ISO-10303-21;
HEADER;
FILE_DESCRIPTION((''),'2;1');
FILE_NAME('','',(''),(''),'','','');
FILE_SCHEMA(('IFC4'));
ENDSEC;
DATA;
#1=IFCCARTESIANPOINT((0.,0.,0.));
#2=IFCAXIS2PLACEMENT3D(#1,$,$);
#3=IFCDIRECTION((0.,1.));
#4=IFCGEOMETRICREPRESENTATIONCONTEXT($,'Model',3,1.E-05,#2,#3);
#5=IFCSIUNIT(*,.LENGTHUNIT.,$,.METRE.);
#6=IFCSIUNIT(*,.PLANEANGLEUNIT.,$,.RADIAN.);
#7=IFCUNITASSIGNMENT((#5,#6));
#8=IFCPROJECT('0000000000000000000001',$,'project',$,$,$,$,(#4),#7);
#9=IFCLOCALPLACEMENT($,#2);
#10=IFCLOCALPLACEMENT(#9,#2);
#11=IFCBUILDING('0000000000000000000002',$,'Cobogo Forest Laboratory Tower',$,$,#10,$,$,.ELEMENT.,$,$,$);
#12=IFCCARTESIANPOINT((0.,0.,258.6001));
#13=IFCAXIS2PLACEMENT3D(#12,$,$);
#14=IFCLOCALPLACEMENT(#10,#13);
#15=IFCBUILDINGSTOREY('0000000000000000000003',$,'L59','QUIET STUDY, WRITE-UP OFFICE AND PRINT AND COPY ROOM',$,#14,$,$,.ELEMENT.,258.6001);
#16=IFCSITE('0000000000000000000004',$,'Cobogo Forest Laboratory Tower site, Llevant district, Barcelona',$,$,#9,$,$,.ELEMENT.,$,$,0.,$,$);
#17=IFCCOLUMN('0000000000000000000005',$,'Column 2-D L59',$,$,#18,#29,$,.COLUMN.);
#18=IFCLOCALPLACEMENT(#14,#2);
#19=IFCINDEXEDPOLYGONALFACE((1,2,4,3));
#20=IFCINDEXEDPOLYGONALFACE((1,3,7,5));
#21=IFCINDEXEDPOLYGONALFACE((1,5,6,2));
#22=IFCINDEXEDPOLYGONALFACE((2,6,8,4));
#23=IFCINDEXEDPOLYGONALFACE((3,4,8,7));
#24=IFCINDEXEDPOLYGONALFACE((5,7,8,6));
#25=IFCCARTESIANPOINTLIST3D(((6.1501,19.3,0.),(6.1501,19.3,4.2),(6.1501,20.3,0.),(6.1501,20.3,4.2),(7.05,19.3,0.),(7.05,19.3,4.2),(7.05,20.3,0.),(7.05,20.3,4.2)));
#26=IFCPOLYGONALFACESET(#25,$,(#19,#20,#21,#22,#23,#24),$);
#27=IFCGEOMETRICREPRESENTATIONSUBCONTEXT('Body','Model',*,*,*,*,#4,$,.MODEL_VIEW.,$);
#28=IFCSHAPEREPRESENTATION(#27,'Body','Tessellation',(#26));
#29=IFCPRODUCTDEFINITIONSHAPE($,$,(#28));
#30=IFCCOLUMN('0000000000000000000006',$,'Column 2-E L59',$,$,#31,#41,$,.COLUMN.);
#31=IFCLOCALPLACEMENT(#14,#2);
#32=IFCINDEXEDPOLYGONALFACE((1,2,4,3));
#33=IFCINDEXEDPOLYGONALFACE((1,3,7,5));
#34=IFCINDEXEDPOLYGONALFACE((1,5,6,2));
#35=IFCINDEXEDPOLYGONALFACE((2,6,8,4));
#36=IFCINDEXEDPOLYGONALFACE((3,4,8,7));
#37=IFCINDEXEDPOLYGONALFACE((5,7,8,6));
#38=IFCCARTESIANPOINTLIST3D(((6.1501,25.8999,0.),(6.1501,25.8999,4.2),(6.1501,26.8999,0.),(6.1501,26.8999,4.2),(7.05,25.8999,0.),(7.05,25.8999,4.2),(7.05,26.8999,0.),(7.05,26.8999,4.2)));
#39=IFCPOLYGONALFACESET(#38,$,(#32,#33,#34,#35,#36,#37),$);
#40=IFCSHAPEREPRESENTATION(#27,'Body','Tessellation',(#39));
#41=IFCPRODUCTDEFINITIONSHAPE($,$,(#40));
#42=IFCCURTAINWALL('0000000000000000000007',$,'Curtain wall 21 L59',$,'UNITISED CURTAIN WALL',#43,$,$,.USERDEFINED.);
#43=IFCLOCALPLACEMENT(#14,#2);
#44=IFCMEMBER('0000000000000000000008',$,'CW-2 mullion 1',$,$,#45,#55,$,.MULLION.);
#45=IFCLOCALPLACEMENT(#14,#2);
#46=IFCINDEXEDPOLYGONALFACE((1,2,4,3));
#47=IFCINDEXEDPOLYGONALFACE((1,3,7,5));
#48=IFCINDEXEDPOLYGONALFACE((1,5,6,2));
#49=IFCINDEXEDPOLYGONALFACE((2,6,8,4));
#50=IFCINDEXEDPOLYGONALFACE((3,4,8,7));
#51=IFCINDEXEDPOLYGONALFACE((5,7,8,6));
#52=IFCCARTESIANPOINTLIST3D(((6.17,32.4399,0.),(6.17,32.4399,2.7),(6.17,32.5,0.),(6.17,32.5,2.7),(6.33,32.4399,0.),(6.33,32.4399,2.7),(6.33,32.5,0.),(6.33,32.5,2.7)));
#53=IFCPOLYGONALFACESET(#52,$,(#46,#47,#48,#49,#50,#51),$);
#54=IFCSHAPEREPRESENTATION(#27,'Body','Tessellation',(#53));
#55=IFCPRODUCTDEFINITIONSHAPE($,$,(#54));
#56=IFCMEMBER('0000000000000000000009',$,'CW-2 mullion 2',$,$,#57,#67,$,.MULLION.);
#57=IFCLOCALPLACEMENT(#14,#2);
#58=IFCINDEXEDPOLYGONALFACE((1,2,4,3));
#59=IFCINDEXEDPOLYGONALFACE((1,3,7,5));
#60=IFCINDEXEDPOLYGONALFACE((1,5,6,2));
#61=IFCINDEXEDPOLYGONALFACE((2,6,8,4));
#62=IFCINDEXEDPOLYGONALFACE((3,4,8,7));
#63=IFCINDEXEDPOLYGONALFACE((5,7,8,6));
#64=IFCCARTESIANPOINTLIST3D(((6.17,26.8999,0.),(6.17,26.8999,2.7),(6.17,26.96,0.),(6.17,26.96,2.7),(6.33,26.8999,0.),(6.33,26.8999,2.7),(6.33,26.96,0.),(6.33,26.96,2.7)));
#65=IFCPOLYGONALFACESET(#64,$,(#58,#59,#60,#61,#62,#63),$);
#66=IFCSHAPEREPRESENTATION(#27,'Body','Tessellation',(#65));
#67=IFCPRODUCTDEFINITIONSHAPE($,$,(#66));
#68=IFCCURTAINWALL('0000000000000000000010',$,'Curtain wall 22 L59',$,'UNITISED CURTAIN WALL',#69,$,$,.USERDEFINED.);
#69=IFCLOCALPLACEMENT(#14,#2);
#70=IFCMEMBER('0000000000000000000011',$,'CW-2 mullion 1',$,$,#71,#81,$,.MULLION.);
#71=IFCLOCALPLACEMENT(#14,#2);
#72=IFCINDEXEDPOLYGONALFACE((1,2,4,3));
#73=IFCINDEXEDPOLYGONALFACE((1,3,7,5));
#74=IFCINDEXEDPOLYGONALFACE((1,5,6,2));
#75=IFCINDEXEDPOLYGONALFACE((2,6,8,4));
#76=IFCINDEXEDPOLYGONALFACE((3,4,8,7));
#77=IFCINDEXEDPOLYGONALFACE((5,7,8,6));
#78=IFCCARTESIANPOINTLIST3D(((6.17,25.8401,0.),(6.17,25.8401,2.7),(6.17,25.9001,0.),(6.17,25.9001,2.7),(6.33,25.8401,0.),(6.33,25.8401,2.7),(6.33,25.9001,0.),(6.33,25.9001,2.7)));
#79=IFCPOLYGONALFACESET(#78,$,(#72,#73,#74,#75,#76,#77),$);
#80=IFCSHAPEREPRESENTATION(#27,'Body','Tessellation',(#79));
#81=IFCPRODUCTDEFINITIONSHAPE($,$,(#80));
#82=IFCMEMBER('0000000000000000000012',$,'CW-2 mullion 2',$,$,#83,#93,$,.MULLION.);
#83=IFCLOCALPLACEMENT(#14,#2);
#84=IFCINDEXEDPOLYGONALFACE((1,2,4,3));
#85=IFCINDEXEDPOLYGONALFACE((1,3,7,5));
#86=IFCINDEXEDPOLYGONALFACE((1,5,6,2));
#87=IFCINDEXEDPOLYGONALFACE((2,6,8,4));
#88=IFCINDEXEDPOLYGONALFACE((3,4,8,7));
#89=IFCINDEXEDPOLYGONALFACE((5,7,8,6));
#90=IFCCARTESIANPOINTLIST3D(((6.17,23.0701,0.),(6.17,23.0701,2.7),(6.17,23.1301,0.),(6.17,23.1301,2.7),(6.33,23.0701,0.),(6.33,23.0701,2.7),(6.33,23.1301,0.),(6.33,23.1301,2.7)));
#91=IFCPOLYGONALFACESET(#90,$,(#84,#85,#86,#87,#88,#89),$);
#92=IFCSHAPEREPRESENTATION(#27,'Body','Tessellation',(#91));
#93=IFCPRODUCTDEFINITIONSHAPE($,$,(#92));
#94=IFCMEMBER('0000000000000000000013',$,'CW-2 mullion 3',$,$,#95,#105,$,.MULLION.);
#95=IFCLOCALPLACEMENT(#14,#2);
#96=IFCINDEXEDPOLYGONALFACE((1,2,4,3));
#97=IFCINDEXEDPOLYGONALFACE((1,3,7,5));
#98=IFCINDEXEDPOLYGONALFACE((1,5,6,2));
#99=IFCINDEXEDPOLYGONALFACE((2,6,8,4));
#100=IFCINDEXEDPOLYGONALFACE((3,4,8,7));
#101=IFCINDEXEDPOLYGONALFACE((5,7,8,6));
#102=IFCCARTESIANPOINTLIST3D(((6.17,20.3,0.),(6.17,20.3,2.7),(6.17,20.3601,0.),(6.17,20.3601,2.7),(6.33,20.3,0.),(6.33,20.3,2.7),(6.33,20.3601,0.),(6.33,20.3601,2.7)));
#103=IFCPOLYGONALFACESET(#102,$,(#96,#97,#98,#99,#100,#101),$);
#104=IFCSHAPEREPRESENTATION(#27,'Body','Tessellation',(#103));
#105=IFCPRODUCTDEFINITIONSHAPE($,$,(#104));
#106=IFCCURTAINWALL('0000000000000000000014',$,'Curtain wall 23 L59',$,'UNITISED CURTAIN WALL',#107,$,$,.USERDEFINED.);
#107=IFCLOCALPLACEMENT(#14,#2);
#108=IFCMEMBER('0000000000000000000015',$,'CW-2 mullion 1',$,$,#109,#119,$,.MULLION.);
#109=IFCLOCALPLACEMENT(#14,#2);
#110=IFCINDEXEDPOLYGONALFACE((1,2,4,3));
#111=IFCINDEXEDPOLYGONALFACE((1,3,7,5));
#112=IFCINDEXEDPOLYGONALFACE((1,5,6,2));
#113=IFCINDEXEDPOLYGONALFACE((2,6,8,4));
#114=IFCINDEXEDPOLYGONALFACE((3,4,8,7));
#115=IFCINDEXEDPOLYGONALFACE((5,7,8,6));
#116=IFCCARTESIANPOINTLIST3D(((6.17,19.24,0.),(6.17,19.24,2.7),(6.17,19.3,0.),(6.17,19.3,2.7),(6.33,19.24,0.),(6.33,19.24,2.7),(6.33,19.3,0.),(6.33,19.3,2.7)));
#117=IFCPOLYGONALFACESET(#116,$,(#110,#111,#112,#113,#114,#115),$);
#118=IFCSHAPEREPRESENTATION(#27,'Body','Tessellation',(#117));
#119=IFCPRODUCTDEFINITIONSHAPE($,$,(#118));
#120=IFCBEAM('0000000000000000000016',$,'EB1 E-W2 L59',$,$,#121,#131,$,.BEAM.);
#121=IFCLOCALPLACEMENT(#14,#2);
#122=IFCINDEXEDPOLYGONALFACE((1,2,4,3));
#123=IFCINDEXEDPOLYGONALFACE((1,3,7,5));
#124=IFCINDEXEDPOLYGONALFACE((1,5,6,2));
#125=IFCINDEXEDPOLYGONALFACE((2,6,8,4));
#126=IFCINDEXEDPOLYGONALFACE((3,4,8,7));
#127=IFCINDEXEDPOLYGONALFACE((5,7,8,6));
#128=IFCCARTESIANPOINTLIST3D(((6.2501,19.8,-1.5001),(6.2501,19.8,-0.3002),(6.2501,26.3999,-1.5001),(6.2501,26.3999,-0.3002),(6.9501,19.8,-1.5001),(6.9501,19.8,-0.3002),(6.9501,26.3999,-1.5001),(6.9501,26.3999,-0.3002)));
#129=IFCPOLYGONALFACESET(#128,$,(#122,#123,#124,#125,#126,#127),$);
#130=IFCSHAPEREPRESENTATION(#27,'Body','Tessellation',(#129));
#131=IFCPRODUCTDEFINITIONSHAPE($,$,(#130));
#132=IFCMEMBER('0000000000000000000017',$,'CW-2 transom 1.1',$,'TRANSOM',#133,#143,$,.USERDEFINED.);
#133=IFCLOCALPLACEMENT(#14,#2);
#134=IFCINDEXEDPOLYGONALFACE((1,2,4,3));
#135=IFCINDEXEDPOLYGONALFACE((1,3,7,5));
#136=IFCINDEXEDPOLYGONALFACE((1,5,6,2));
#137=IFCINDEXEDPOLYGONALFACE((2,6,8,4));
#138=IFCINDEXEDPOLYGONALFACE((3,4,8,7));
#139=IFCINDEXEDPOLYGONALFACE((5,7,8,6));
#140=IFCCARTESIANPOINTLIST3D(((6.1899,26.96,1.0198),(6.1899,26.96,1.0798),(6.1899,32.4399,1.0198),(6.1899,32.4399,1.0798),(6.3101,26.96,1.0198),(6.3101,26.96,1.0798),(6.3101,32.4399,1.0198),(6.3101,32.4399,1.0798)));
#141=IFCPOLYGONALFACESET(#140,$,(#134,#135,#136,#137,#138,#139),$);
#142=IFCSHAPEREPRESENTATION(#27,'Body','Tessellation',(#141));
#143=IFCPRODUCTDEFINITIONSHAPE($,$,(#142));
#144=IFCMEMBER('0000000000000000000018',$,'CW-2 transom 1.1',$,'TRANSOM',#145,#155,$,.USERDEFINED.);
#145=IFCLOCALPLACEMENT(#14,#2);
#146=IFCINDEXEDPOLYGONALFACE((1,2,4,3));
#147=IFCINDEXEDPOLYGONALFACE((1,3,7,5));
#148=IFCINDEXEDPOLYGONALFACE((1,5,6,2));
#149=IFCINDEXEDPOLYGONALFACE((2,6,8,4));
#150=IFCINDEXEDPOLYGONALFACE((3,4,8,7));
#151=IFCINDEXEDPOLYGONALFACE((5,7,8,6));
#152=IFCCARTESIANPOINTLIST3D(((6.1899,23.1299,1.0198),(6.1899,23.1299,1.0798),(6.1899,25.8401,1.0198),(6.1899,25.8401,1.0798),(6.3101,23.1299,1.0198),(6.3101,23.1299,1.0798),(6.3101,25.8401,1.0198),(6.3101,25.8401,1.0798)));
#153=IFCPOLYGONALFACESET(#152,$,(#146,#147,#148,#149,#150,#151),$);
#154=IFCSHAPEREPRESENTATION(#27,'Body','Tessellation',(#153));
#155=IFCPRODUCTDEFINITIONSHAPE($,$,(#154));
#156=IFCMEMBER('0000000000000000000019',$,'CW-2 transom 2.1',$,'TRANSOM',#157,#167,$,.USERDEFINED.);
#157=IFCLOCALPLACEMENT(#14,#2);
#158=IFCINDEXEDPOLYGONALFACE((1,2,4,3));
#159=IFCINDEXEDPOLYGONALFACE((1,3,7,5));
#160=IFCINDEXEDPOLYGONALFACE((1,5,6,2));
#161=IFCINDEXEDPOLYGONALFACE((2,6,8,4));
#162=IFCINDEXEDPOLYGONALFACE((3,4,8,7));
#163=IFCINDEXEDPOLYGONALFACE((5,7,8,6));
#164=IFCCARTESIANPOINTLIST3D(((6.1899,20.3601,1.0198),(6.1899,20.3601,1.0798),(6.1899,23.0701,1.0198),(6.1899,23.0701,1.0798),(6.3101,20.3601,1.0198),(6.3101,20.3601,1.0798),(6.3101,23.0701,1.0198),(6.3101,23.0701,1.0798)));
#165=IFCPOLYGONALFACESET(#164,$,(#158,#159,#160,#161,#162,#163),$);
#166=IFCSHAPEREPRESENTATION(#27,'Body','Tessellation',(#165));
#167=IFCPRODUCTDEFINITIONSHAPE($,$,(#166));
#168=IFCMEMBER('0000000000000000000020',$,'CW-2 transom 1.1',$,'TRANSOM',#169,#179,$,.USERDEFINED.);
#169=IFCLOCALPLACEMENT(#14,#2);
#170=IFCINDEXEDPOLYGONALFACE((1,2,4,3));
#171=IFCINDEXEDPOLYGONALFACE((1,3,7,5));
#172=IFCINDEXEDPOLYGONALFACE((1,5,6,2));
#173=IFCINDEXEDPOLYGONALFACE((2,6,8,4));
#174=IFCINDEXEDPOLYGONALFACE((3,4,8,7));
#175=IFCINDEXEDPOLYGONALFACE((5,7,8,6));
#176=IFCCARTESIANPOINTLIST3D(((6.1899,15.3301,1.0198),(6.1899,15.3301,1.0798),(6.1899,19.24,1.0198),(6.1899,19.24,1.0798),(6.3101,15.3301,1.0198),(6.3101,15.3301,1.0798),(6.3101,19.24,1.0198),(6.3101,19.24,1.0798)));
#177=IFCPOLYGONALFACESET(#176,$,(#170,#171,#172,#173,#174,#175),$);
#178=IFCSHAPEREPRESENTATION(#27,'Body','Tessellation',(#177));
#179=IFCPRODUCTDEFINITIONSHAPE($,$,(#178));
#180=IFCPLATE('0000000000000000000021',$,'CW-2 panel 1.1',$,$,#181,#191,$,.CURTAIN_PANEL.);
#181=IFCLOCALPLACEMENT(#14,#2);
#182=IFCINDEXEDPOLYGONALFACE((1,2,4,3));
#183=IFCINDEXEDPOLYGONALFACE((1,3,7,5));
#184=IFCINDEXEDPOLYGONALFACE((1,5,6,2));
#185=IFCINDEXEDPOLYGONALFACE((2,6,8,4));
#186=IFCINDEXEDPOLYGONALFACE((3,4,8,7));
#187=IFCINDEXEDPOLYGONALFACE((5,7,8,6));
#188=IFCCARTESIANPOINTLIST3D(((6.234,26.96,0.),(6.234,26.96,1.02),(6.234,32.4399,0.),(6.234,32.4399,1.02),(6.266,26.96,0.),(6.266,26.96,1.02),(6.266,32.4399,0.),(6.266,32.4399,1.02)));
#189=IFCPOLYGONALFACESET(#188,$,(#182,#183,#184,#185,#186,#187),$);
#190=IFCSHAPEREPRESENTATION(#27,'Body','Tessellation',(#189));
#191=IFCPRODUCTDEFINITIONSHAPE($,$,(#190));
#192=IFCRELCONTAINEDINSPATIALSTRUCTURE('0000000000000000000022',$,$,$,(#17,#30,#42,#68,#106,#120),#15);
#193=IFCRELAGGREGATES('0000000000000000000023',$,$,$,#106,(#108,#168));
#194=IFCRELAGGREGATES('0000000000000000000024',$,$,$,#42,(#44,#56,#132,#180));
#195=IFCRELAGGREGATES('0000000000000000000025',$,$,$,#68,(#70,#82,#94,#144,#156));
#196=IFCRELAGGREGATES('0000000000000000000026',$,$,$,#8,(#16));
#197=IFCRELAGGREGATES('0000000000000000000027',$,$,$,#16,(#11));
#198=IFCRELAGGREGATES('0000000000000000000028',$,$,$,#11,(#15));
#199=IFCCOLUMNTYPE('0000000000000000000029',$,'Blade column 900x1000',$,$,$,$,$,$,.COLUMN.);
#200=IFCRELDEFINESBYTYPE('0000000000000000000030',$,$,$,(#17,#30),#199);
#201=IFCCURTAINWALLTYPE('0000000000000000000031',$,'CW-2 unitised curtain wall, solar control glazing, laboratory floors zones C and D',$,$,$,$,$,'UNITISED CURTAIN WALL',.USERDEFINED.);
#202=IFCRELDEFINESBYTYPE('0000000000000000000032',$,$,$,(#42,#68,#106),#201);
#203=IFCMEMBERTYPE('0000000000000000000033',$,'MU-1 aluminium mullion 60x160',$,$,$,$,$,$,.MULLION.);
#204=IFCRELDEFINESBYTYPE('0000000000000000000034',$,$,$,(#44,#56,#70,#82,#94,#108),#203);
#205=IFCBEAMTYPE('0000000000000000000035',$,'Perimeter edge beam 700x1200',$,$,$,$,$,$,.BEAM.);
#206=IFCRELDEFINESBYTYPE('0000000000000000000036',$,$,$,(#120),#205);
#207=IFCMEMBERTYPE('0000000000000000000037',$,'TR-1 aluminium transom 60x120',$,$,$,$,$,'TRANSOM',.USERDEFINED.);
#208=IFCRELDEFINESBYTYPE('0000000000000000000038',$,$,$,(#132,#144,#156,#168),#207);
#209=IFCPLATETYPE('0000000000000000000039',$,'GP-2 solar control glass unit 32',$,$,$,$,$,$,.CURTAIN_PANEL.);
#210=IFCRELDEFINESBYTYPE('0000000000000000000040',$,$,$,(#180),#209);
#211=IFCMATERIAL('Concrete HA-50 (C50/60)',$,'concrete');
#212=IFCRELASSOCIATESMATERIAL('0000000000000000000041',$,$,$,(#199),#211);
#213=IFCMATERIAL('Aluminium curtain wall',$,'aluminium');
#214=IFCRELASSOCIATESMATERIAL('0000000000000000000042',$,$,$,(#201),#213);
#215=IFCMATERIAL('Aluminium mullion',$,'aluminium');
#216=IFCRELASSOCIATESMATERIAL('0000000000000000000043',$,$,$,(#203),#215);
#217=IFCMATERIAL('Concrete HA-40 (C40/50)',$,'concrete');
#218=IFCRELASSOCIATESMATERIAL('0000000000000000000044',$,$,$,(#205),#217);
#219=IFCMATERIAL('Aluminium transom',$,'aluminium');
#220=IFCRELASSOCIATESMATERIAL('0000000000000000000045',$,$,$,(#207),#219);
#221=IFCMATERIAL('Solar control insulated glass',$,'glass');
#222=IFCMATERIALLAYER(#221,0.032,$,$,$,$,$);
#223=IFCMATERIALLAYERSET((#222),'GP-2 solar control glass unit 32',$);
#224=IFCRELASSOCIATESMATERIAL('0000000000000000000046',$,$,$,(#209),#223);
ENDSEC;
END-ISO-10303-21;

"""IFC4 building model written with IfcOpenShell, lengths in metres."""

from ifc_helpers import new_model, si_unit, direction, frame, origin, origin_2d, place, context, subcontext, project, spatial, rectangle, extrude, material, layer, layer_set, material_profile, profile_set, type_object, element, aggregate, save


model = new_model("IFC4")

# Units and contexts
model_context = context("Model", 3, precision=1e-05, world=origin(), true_north=direction((0.0, 1.0)))
body_context = subcontext(model_context, "Body", "Model", "MODEL_VIEW")
ifc_project = project(units=[si_unit("LENGTHUNIT", "METRE"), si_unit("PLANEANGLEUNIT", "RADIAN")], contexts=[model_context])

# Site, building, storey
site_placement = place(None, origin())
site = spatial("IfcSite", under=ifc_project, at=site_placement, Name="Cobogo Forest Laboratory Tower site, Llevant district, Barcelona", CompositionType="ELEMENT", RefElevation=0.0)
building_placement = place(site_placement, origin())
building = spatial("IfcBuilding", under=site, at=building_placement, Name="Cobogo Forest Laboratory Tower", CompositionType="ELEMENT")
storey_placement = place(building_placement, frame((0.0, 0.0, 258.6001)))
storey = spatial("IfcBuildingStorey", under=building, at=storey_placement, Name="L59", Description="QUIET STUDY, WRITE-UP OFFICE AND PRINT AND COPY ROOM", CompositionType="ELEMENT", Elevation=258.6001)

# Columns
ifc_material_1 = material(Name="Concrete HA-50 (C50/60)", Category="concrete")
ifc_material_profile_1 = material_profile(ifc_material_1, rectangle(XDim=1.0, YDim=0.8999, at=origin_2d()), Name="RC 900x1000")
ifc_profile_set_1 = profile_set([ifc_material_profile_1], Name="Concrete HA-50 (C50/60)")
column_type = type_object("IfcColumnType", Name="Blade column 900x1000", PredefinedType="COLUMN", material=ifc_profile_set_1)
for number, where, z_axis, x_axis, name in (
    (1, (6.6001, 19.8, 0.0), (0.0, 0.0, 1.0), (0.0, 1.0, 0.0), "Column 2-D L59"),
    (2, (6.6001, 26.3999, 0.0), (0.0, 0.0, 1.0), (0.0, 1.0, 0.0), "Column 2-E L59"),
):
    element("IfcColumn", number, at=place(storey_placement, frame(where, z_axis=z_axis, x_axis=x_axis)), inside=storey, type_object=column_type, Name=name, PredefinedType="COLUMN", context=body_context, shape_type="SweptSolid", body=[
        extrude(rectangle(XDim=1.0, YDim=0.8999, at=origin_2d()), origin(), (0.0, 0.0, 1.0), 4.2),
    ])

# Curtain walls, members
ifc_material_2 = material(Name="Aluminium curtain wall", Category="aluminium")
curtain_wall_type = type_object("IfcCurtainWallType", Name="CW-2 unitised curtain wall, solar control glazing, laboratory floors zones C and D", ElementType="UNITISED CURTAIN WALL", PredefinedType="USERDEFINED", material=ifc_material_2)
curtain_wall_1_placement = place(storey_placement, origin())
curtain_wall_1 = element("IfcCurtainWall", 3, at=curtain_wall_1_placement, inside=storey, type_object=curtain_wall_type, Name="Curtain wall 21 L59", ObjectType="UNITISED CURTAIN WALL", PredefinedType="USERDEFINED")
ifc_material_3 = material(Name="Aluminium mullion", Category="aluminium")
ifc_material_profile_2 = material_profile(ifc_material_3, rectangle(XDim=0.0601, YDim=0.1599, at=origin_2d()), Name="AL 60x160")
ifc_profile_set_2 = profile_set([ifc_material_profile_2], Name="Aluminium mullion")
member_type_1 = type_object("IfcMemberType", Name="MU-1 aluminium mullion 60x160", PredefinedType="MULLION", material=ifc_profile_set_2)
member_1_placement = place(storey_placement, frame((6.25, 32.47, 0.0), z_axis=(0.0, 0.0, 1.0), x_axis=(0.0, -1.0, 0.0)))
member_1 = element("IfcMember", 4, at=member_1_placement, type_object=member_type_1, Name="CW-2 mullion 1", PredefinedType="MULLION", context=body_context, shape_type="SweptSolid", body=[
    extrude(rectangle(XDim=0.0601, YDim=0.1599, at=origin_2d()), origin(), (0.0, 0.0, 1.0), 2.7),
])
member_2_placement = place(storey_placement, frame((6.25, 26.9299, 0.0), z_axis=(0.0, 0.0, 1.0), x_axis=(0.0, -1.0, 0.0)))
member_2 = element("IfcMember", 5, at=member_2_placement, type_object=member_type_1, Name="CW-2 mullion 2", PredefinedType="MULLION", context=body_context, shape_type="SweptSolid", body=[
    extrude(rectangle(XDim=0.0601, YDim=0.1599, at=origin_2d()), origin(), (0.0, 0.0, 1.0), 2.7),
])
curtain_wall_2_placement = place(storey_placement, origin())
curtain_wall_2 = element("IfcCurtainWall", 6, at=curtain_wall_2_placement, inside=storey, type_object=curtain_wall_type, Name="Curtain wall 22 L59", ObjectType="UNITISED CURTAIN WALL", PredefinedType="USERDEFINED")
member_3_placement = place(storey_placement, frame((6.25, 25.8701, 0.0), z_axis=(0.0, 0.0, 1.0), x_axis=(0.0, -1.0, 0.0)))
member_3 = element("IfcMember", 7, at=member_3_placement, type_object=member_type_1, Name="CW-2 mullion 1", PredefinedType="MULLION", context=body_context, shape_type="SweptSolid", body=[
    extrude(rectangle(XDim=0.0601, YDim=0.1599, at=origin_2d()), origin(), (0.0, 0.0, 1.0), 2.7),
])
member_4_placement = place(storey_placement, frame((6.25, 23.1001, 0.0), z_axis=(0.0, 0.0, 1.0), x_axis=(0.0, -1.0, 0.0)))
member_4 = element("IfcMember", 8, at=member_4_placement, type_object=member_type_1, Name="CW-2 mullion 2", PredefinedType="MULLION", context=body_context, shape_type="SweptSolid", body=[
    extrude(rectangle(XDim=0.0601, YDim=0.1599, at=origin_2d()), origin(), (0.0, 0.0, 1.0), 2.7),
])
member_5_placement = place(storey_placement, frame((6.25, 20.3301, 0.0), z_axis=(0.0, 0.0, 1.0), x_axis=(0.0, -1.0, 0.0)))
member_5 = element("IfcMember", 9, at=member_5_placement, type_object=member_type_1, Name="CW-2 mullion 3", PredefinedType="MULLION", context=body_context, shape_type="SweptSolid", body=[
    extrude(rectangle(XDim=0.0601, YDim=0.1599, at=origin_2d()), origin(), (0.0, 0.0, 1.0), 2.7),
])

# Curtain wall, member
curtain_wall_3_placement = place(storey_placement, origin())
curtain_wall_3 = element("IfcCurtainWall", 10, at=curtain_wall_3_placement, inside=storey, type_object=curtain_wall_type, Name="Curtain wall 23 L59", ObjectType="UNITISED CURTAIN WALL", PredefinedType="USERDEFINED")
member_6_placement = place(storey_placement, frame((6.25, 19.27, 0.0), z_axis=(0.0, 0.0, 1.0), x_axis=(0.0, -1.0, 0.0)))
member_6 = element("IfcMember", 11, at=member_6_placement, type_object=member_type_1, Name="CW-2 mullion 1", PredefinedType="MULLION", context=body_context, shape_type="SweptSolid", body=[
    extrude(rectangle(XDim=0.0601, YDim=0.1599, at=origin_2d()), origin(), (0.0, 0.0, 1.0), 2.7),
])

# Beam
ifc_material_4 = material(Name="Concrete HA-40 (C40/50)", Category="concrete")
ifc_material_profile_3 = material_profile(ifc_material_4, rectangle(XDim=0.7, YDim=1.2, at=origin_2d()), Name="RC 700x1200")
ifc_profile_set_3 = profile_set([ifc_material_profile_3], Name="Concrete HA-40 (C40/50)")
beam_type = type_object("IfcBeamType", Name="Perimeter edge beam 700x1200", PredefinedType="BEAM", material=ifc_profile_set_3)
beam_placement = place(storey_placement, frame((6.6001, 19.8, -0.9001), z_axis=(0.0, 1.0, 0.0), x_axis=(-1.0, 0.0, 0.0)))
element("IfcBeam", 12, at=beam_placement, inside=storey, type_object=beam_type, Name="EB1 E-W2 L59", PredefinedType="BEAM", context=body_context, shape_type="SweptSolid", body=[
    extrude(rectangle(XDim=0.7, YDim=1.2, at=origin_2d()), origin(), (0.0, 0.0, 1.0), 6.5999),
])

# Members
ifc_material_5 = material(Name="Aluminium transom", Category="aluminium")
ifc_material_profile_4 = material_profile(ifc_material_5, rectangle(XDim=0.1201, YDim=0.0601, at=origin_2d()), Name="AL 60x120")
ifc_profile_set_4 = profile_set([ifc_material_profile_4], Name="Aluminium transom")
member_type_2 = type_object("IfcMemberType", Name="TR-1 aluminium transom 60x120", ElementType="TRANSOM", PredefinedType="USERDEFINED", material=ifc_profile_set_4)
member_7_placement = place(storey_placement, frame((6.25, 32.4399, 1.0498), z_axis=(0.0, -1.0, 0.0), x_axis=(1.0, 0.0, 0.0)))
member_7 = element("IfcMember", 13, at=member_7_placement, type_object=member_type_2, Name="CW-2 transom 1.1", ObjectType="TRANSOM", PredefinedType="USERDEFINED", context=body_context, shape_type="SweptSolid", body=[
    extrude(rectangle(XDim=0.1201, YDim=0.0601, at=origin_2d()), origin(), (0.0, 0.0, 1.0), 5.48),
])
member_8_placement = place(storey_placement, frame((6.25, 25.8401, 1.0498), z_axis=(0.0, -1.0, 0.0), x_axis=(1.0, 0.0, 0.0)))
member_8 = element("IfcMember", 14, at=member_8_placement, type_object=member_type_2, Name="CW-2 transom 1.1", ObjectType="TRANSOM", PredefinedType="USERDEFINED", context=body_context, shape_type="SweptSolid", body=[
    extrude(rectangle(XDim=0.1201, YDim=0.0601, at=origin_2d()), origin(), (0.0, 0.0, 1.0), 2.7102),
])
member_9_placement = place(storey_placement, frame((6.25, 23.0701, 1.0498), z_axis=(0.0, -1.0, 0.0), x_axis=(1.0, 0.0, 0.0)))
member_9 = element("IfcMember", 15, at=member_9_placement, type_object=member_type_2, Name="CW-2 transom 2.1", ObjectType="TRANSOM", PredefinedType="USERDEFINED", context=body_context, shape_type="SweptSolid", body=[
    extrude(rectangle(XDim=0.1201, YDim=0.0601, at=origin_2d()), origin(), (0.0, 0.0, 1.0), 2.71),
])
member_10_placement = place(storey_placement, frame((6.25, 19.24, 1.0498), z_axis=(0.0, -1.0, 0.0), x_axis=(1.0, 0.0, 0.0)))
member_10 = element("IfcMember", 16, at=member_10_placement, type_object=member_type_2, Name="CW-2 transom 1.1", ObjectType="TRANSOM", PredefinedType="USERDEFINED", context=body_context, shape_type="SweptSolid", body=[
    extrude(rectangle(XDim=0.1201, YDim=0.0601, at=origin_2d()), origin(), (0.0, 0.0, 1.0), 3.9099),
])
aggregate(curtain_wall_3, [member_6, member_10])

# Plate
ifc_material_6 = material(Name="Solar control insulated glass", Category="glass")
ifc_layer_1 = layer(ifc_material_6, 0.032)
ifc_layer_set_1 = layer_set([ifc_layer_1], Name="GP-2 solar control glass unit 32")
plate_type_1 = type_object("IfcPlateType", Name="GP-2 solar control glass unit 32", PredefinedType="CURTAIN_PANEL", material=ifc_layer_set_1)
plate_1_placement = place(storey_placement, frame((6.25, 29.7, 0.0), z_axis=(0.0, 0.0, 1.0), x_axis=(0.0, -1.0, 0.0)))
plate_1 = element("IfcPlate", 17, at=plate_1_placement, type_object=plate_type_1, Name="CW-2 panel 1.1", PredefinedType="CURTAIN_PANEL", context=body_context, shape_type="SweptSolid", body=[
    extrude(rectangle(XDim=5.48, YDim=0.032, at=origin_2d()), origin(), (0.0, 0.0, 1.0), 1.02),
])
aggregate(curtain_wall_1, [member_1, member_2, member_7, plate_1])
aggregate(curtain_wall_2, [member_3, member_4, member_5, member_8, member_9])

save(model, "model.ifc")
